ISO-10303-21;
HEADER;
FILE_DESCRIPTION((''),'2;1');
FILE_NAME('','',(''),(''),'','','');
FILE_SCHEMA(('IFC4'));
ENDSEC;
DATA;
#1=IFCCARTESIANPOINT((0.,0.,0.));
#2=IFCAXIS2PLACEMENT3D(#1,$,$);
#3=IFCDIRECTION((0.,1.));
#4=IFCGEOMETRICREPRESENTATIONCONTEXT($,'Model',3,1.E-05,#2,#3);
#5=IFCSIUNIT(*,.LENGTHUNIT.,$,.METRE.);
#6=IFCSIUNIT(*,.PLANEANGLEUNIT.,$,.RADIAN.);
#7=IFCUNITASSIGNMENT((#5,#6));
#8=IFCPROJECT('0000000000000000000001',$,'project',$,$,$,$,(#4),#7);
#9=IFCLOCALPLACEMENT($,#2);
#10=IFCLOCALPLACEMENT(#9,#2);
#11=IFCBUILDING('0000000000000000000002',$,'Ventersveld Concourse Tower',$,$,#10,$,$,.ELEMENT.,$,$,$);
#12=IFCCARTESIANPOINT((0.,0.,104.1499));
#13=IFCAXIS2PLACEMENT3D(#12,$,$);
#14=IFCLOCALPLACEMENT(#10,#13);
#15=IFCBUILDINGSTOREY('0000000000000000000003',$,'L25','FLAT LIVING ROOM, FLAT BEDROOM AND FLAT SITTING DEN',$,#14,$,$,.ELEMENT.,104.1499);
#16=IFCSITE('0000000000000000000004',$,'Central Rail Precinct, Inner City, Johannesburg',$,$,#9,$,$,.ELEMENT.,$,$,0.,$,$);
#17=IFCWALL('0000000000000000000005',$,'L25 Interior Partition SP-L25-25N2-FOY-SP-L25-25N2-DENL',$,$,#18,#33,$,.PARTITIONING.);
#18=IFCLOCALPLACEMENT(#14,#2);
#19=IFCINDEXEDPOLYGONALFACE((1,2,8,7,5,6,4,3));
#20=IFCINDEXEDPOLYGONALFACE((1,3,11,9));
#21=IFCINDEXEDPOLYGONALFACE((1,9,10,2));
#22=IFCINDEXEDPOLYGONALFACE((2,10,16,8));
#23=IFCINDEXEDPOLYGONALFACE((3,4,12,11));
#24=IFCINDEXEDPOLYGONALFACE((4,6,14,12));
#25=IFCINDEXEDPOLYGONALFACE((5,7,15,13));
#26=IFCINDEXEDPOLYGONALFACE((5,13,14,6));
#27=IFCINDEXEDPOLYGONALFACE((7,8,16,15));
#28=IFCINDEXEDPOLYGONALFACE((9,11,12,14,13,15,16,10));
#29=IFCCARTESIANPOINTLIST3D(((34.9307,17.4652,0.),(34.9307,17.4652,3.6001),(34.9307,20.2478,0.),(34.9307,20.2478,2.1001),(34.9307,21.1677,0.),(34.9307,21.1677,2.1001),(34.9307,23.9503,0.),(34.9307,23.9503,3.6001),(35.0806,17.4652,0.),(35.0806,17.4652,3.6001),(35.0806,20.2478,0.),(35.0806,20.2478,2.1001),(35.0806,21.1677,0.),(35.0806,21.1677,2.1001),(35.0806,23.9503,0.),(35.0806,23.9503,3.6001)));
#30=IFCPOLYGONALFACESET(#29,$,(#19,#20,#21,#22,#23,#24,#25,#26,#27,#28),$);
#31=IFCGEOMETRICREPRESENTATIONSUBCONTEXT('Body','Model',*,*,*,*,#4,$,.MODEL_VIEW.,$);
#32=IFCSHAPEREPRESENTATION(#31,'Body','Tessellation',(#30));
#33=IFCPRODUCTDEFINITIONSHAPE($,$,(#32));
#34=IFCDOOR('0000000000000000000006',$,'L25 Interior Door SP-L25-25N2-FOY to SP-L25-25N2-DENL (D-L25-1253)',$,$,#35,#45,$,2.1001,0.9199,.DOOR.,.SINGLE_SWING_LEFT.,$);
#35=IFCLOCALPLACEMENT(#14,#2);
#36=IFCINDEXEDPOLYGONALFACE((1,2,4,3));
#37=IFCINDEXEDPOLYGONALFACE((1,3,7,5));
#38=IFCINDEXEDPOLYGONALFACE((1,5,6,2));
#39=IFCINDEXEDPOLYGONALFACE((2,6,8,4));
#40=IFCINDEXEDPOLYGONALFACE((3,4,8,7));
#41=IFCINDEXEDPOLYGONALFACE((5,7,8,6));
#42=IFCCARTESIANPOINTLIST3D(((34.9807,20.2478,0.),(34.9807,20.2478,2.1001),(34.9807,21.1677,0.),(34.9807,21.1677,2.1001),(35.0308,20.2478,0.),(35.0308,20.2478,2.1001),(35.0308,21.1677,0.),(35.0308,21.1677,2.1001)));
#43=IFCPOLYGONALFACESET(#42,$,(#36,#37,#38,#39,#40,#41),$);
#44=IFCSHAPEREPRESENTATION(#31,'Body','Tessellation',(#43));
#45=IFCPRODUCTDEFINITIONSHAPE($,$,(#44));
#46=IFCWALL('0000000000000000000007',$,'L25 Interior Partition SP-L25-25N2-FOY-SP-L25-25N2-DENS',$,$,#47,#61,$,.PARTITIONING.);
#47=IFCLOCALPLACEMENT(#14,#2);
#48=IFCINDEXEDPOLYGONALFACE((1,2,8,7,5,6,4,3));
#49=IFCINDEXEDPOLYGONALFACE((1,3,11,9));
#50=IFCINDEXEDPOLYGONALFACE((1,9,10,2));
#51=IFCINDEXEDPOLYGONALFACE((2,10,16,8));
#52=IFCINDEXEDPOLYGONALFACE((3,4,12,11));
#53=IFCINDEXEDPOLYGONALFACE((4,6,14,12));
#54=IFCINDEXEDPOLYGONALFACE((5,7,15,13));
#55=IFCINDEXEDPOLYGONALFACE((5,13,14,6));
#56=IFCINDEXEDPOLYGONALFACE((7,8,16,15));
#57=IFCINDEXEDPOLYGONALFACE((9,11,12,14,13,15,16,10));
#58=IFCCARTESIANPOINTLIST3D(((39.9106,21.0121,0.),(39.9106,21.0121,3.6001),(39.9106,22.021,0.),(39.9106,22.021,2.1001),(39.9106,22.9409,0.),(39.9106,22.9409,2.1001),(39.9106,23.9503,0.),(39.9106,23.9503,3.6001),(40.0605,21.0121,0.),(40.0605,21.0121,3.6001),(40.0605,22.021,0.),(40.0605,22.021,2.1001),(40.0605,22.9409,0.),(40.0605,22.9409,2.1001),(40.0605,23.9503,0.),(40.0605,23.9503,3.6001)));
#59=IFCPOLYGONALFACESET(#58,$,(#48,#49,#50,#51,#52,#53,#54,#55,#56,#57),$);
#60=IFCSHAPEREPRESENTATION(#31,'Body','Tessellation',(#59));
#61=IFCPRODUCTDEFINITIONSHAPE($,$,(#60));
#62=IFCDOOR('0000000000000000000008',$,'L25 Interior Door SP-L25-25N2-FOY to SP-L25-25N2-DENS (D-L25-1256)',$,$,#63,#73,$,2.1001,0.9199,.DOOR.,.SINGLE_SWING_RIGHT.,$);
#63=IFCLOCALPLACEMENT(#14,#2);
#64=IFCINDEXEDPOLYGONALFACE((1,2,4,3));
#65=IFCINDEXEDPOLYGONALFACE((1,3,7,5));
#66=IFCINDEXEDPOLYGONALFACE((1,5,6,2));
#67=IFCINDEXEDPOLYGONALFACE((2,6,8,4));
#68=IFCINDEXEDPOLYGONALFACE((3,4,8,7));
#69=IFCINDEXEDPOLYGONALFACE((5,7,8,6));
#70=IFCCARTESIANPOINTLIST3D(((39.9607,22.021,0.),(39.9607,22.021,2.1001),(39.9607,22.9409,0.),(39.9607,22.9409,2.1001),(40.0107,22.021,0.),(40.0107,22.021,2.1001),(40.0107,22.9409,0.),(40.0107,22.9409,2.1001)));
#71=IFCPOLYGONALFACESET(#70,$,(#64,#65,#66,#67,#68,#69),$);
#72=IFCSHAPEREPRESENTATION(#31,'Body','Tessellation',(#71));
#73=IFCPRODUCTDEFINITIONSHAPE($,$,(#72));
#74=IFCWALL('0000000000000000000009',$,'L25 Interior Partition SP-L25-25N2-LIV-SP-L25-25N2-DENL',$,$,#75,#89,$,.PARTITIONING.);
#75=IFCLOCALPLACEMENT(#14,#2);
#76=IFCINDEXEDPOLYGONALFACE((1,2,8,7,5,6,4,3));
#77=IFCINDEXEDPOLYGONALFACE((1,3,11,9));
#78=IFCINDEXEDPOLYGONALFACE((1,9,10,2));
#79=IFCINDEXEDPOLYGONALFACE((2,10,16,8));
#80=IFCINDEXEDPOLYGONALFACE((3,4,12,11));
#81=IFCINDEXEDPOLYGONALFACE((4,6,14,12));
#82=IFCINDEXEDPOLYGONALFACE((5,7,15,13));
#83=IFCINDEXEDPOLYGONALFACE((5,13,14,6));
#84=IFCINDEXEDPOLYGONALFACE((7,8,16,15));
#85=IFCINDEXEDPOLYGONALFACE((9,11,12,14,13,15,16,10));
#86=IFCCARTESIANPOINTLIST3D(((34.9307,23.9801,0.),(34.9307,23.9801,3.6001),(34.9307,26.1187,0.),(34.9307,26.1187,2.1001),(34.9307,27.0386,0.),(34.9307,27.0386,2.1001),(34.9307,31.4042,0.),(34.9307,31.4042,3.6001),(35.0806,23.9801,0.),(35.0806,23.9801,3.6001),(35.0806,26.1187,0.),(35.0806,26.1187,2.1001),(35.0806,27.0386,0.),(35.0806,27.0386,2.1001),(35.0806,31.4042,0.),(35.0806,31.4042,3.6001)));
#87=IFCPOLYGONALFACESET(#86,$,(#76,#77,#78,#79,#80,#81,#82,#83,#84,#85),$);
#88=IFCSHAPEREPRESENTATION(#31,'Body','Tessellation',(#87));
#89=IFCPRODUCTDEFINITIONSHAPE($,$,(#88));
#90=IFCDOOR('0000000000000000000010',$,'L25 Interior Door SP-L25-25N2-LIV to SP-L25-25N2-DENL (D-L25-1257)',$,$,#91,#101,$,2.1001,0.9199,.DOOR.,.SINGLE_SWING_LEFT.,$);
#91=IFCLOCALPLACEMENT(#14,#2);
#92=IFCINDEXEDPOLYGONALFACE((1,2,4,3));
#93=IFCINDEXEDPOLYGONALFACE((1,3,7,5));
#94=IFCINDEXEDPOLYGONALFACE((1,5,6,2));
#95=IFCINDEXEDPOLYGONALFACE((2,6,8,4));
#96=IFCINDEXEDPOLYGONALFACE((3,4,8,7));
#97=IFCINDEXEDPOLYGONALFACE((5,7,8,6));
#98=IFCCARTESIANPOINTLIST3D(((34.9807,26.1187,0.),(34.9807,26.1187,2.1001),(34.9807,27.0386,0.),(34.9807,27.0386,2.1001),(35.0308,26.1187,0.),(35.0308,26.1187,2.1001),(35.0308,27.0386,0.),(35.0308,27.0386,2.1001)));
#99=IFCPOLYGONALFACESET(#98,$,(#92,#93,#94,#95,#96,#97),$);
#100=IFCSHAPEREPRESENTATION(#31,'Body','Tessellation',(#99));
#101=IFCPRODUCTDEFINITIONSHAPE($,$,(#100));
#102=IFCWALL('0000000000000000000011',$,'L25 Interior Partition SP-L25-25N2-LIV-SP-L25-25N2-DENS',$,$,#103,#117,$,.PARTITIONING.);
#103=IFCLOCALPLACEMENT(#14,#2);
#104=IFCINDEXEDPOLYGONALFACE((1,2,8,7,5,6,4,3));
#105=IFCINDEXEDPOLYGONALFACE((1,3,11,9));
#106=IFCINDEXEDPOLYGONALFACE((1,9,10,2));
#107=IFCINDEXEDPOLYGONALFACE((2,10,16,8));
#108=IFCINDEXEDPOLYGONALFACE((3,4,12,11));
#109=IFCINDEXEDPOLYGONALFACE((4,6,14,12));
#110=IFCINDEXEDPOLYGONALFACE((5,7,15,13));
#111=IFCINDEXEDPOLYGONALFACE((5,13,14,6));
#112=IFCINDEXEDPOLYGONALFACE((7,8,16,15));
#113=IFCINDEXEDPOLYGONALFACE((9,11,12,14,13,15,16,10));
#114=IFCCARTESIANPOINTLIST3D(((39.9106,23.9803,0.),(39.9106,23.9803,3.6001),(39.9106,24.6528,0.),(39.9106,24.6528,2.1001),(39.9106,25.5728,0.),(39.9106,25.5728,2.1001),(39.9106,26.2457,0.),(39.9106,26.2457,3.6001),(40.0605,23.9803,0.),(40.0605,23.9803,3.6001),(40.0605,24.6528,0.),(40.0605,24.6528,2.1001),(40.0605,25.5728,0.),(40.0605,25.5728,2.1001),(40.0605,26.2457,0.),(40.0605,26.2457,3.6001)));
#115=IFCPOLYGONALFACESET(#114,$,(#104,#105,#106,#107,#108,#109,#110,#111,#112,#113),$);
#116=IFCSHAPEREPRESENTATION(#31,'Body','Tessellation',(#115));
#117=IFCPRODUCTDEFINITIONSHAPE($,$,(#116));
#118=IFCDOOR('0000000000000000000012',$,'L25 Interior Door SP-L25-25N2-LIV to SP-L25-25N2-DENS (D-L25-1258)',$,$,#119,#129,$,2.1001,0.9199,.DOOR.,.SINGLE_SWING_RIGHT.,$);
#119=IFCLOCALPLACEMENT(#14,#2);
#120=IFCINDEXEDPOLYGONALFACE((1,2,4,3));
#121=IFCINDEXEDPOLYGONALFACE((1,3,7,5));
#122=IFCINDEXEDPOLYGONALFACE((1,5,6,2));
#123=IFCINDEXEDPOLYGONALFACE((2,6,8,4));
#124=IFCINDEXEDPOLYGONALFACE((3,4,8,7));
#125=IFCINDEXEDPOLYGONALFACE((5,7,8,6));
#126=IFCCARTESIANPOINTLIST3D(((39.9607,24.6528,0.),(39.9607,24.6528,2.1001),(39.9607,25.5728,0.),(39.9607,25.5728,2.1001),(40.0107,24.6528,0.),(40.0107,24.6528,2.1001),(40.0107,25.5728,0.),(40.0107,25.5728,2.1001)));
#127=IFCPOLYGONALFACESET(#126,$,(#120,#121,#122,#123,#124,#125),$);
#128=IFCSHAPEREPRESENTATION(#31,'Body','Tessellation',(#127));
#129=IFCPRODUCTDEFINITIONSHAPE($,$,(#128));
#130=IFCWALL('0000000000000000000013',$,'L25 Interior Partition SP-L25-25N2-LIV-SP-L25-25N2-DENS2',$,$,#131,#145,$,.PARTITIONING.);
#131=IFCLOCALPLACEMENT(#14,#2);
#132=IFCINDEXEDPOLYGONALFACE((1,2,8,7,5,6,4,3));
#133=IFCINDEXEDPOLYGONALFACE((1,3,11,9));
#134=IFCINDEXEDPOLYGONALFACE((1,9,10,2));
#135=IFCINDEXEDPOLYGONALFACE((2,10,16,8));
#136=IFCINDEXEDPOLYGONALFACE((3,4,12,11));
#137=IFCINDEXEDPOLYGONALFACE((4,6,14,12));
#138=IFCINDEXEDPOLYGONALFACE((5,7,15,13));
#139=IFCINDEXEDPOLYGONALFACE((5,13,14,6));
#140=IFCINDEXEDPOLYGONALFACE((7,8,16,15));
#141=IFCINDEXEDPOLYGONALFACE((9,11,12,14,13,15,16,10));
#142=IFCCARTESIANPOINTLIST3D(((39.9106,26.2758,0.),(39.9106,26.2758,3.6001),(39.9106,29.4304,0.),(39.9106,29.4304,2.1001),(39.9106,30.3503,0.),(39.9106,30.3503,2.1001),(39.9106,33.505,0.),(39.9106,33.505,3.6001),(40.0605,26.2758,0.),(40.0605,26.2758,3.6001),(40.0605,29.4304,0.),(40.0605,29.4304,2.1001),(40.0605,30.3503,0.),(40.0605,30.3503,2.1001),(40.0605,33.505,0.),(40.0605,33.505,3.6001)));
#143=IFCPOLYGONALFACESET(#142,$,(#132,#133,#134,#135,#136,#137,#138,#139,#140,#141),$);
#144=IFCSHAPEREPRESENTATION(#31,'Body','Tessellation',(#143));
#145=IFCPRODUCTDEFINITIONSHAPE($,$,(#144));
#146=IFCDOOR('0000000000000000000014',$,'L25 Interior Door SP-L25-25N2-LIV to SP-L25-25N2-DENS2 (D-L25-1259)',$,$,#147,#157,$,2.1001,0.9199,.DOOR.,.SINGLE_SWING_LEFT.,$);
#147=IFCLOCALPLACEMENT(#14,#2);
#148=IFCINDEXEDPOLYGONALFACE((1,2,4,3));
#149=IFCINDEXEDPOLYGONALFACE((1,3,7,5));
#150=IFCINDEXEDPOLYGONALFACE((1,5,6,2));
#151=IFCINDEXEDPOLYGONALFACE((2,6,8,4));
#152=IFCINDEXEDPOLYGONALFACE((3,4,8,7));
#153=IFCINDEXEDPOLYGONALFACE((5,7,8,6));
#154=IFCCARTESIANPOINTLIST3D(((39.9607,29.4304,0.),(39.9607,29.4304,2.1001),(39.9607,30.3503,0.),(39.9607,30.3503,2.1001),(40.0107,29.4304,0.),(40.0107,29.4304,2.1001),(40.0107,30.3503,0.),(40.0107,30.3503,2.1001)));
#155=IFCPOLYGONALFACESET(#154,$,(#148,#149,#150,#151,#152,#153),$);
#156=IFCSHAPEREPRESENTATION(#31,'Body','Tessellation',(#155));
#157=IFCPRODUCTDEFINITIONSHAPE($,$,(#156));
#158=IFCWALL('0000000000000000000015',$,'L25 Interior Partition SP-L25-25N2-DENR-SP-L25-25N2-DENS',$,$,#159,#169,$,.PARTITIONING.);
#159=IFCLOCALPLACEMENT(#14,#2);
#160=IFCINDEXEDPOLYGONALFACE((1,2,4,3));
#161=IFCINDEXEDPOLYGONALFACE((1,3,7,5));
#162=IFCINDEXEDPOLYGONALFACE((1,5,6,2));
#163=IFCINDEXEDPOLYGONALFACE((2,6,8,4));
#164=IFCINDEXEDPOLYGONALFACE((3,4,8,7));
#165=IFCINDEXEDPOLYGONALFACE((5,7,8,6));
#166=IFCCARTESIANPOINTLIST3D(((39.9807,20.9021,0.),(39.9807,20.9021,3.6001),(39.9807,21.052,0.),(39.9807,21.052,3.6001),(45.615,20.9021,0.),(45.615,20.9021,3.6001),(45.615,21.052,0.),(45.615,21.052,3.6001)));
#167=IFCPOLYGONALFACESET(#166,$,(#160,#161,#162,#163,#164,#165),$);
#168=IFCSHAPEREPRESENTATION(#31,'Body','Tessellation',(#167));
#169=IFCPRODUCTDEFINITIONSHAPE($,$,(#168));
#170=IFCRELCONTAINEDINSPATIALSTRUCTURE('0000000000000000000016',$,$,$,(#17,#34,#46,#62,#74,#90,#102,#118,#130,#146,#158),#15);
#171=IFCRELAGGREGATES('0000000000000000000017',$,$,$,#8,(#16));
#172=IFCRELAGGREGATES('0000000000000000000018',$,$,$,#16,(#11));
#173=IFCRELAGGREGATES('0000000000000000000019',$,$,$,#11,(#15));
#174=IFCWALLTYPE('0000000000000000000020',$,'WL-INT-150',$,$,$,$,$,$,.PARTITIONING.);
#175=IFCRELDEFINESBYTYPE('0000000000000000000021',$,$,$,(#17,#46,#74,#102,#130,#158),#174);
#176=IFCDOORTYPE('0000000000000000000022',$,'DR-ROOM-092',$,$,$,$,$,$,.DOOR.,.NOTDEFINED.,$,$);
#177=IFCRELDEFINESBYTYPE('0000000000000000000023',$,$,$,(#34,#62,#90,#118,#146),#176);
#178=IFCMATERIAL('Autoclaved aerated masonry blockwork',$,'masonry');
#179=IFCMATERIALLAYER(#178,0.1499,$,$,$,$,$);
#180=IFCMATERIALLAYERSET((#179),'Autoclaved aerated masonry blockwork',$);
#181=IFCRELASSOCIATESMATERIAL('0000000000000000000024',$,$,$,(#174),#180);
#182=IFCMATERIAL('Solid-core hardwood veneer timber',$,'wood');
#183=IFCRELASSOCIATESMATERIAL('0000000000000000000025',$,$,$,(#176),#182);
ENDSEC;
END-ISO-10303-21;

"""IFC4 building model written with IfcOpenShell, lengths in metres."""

from ifc_helpers import new_model, si_unit, direction, frame, frame_2d, origin, place, context, subcontext, project, spatial, rectangle, extrude, material, layer, layer_set, type_object, element, fill, save


model = new_model("IFC4")

# Units and contexts
model_context = context("Model", 3, precision=1e-05, world=origin(), true_north=direction((0.0, 1.0)))
body_context = subcontext(model_context, "Body", "Model", "MODEL_VIEW")
ifc_project = project(units=[si_unit("LENGTHUNIT", "METRE"), si_unit("PLANEANGLEUNIT", "RADIAN")], contexts=[model_context])

# Site, building, storey
site_placement = place(None, origin())
site = spatial("IfcSite", under=ifc_project, at=site_placement, Name="Central Rail Precinct, Inner City, Johannesburg", CompositionType="ELEMENT", RefElevation=0.0)
building_placement = place(site_placement, origin())
building = spatial("IfcBuilding", under=site, at=building_placement, Name="Ventersveld Concourse Tower", CompositionType="ELEMENT")
storey_placement = place(building_placement, frame((0.0, 0.0, 104.1499)))
storey = spatial("IfcBuildingStorey", under=building, at=storey_placement, Name="L25", Description="FLAT LIVING ROOM, FLAT BEDROOM AND FLAT SITTING DEN", CompositionType="ELEMENT", Elevation=104.1499)

# Walls, openings, doors
ifc_material_1 = material(Name="Autoclaved aerated masonry blockwork", Category="masonry")
ifc_layer_1 = layer(ifc_material_1, 0.1499)
ifc_layer_set_1 = layer_set([ifc_layer_1], Name="Autoclaved aerated masonry blockwork")
wall_type_1 = type_object("IfcWallType", Name="WL-INT-150", PredefinedType="PARTITIONING", material=ifc_layer_set_1)
ifc_material_2 = material(Name="Solid-core hardwood veneer timber", Category="wood")
door_type = type_object("IfcDoorType", Name="DR-ROOM-092", OperationType="NOTDEFINED", PredefinedType="DOOR", material=ifc_material_2)
wall_1_placement = place(storey_placement, frame((35.0056, 17.4651, 0.0), z_axis=(0.0, 0.0, 1.0), x_axis=(0.0, 1.0, 0.0)))
wall_1 = element("IfcWall", 1, at=wall_1_placement, inside=storey, type_object=wall_type_1, Name="L25 Interior Partition SP-L25-25N2-FOY-SP-L25-25N2-DENL", PredefinedType="PARTITIONING", context=body_context, shape_type="SweptSolid", body=[
    extrude(rectangle(XDim=6.4851, YDim=0.1499, at=frame_2d((3.2427, 0.0))), origin(), (0.0, 0.0, 1.0), 3.6001),
])
opening_1_placement = place(wall_1_placement, frame((2.7827, 0.0, 0.0)))
opening_1 = element("IfcOpeningElement", 2, at=opening_1_placement, cuts=wall_1, PredefinedType="OPENING", context=body_context, shape_type="SweptSolid", body=[
    extrude(rectangle(XDim=0.9199, YDim=2.1001, at=frame_2d((0.46, 1.05))), frame((0.0, 0.085, 0.0), z_axis=(0.0, -1.0, 0.0), x_axis=(1.0, 0.0, 0.0)), (0.0, 0.0, 1.0), 0.1699),
])
door_1_placement = place(opening_1_placement, origin())
door_1 = element("IfcDoor", 3, at=door_1_placement, inside=storey, type_object=door_type, Name="L25 Interior Door SP-L25-25N2-FOY to SP-L25-25N2-DENL (D-L25-1253)", OperationType="SINGLE_SWING_LEFT", OverallHeight=2.1001, OverallWidth=0.9199, PredefinedType="DOOR", context=body_context, shape_type="SweptSolid", body=[
    extrude(rectangle(XDim=0.9199, YDim=2.1001, at=frame_2d((0.46, 1.05))), frame((0.0, 0.0249, 0.0), z_axis=(0.0, -1.0, 0.0), x_axis=(1.0, 0.0, 0.0)), (0.0, 0.0, 1.0), 0.05),
])
fill(opening_1, door_1)
wall_2_placement = place(storey_placement, frame((39.9856, 21.012, 0.0), z_axis=(0.0, 0.0, 1.0), x_axis=(0.0, 1.0, 0.0)))
wall_2 = element("IfcWall", 4, at=wall_2_placement, inside=storey, type_object=wall_type_1, Name="L25 Interior Partition SP-L25-25N2-FOY-SP-L25-25N2-DENS", PredefinedType="PARTITIONING", context=body_context, shape_type="SweptSolid", body=[
    extrude(rectangle(XDim=2.9382, YDim=0.1499, at=frame_2d((1.4692, 0.0))), origin(), (0.0, 0.0, 1.0), 3.6001),
])
opening_2_placement = place(wall_2_placement, frame((1.009, 0.0, 0.0)))
opening_2 = element("IfcOpeningElement", 5, at=opening_2_placement, cuts=wall_2, PredefinedType="OPENING", context=body_context, shape_type="SweptSolid", body=[
    extrude(rectangle(XDim=0.9199, YDim=2.1001, at=frame_2d((0.46, 1.05))), frame((0.0, 0.085, 0.0), z_axis=(0.0, -1.0, 0.0), x_axis=(1.0, 0.0, 0.0)), (0.0, 0.0, 1.0), 0.1699),
])
door_2_placement = place(opening_2_placement, origin())
door_2 = element("IfcDoor", 6, at=door_2_placement, inside=storey, type_object=door_type, Name="L25 Interior Door SP-L25-25N2-FOY to SP-L25-25N2-DENS (D-L25-1256)", OperationType="SINGLE_SWING_RIGHT", OverallHeight=2.1001, OverallWidth=0.9199, PredefinedType="DOOR", context=body_context, shape_type="SweptSolid", body=[
    extrude(rectangle(XDim=0.9199, YDim=2.1001, at=frame_2d((0.46, 1.05))), frame((0.0, 0.0249, 0.0), z_axis=(0.0, -1.0, 0.0), x_axis=(1.0, 0.0, 0.0)), (0.0, 0.0, 1.0), 0.05),
])
fill(opening_2, door_2)
wall_3_placement = place(storey_placement, frame((35.0056, 23.9802, 0.0), z_axis=(0.0, 0.0, 1.0), x_axis=(0.0, 1.0, 0.0)))
wall_3 = element("IfcWall", 7, at=wall_3_placement, inside=storey, type_object=wall_type_1, Name="L25 Interior Partition SP-L25-25N2-LIV-SP-L25-25N2-DENL", PredefinedType="PARTITIONING", context=body_context, shape_type="SweptSolid", body=[
    extrude(rectangle(XDim=7.4241, YDim=0.1499, at=frame_2d((3.7119, 0.0))), origin(), (0.0, 0.0, 1.0), 3.6001),
])
opening_3_placement = place(wall_3_placement, frame((2.1384, 0.0, 0.0)))
opening_3 = element("IfcOpeningElement", 8, at=opening_3_placement, cuts=wall_3, PredefinedType="OPENING", context=body_context, shape_type="SweptSolid", body=[
    extrude(rectangle(XDim=0.9199, YDim=2.1001, at=frame_2d((0.46, 1.05))), frame((0.0, 0.085, 0.0), z_axis=(0.0, -1.0, 0.0), x_axis=(1.0, 0.0, 0.0)), (0.0, 0.0, 1.0), 0.1699),
])
door_3_placement = place(opening_3_placement, origin())
door_3 = element("IfcDoor", 9, at=door_3_placement, inside=storey, type_object=door_type, Name="L25 Interior Door SP-L25-25N2-LIV to SP-L25-25N2-DENL (D-L25-1257)", OperationType="SINGLE_SWING_LEFT", OverallHeight=2.1001, OverallWidth=0.9199, PredefinedType="DOOR", context=body_context, shape_type="SweptSolid", body=[
    extrude(rectangle(XDim=0.9199, YDim=2.1001, at=frame_2d((0.46, 1.05))), frame((0.0, 0.0249, 0.0), z_axis=(0.0, -1.0, 0.0), x_axis=(1.0, 0.0, 0.0)), (0.0, 0.0, 1.0), 0.05),
])
fill(opening_3, door_3)
wall_4_placement = place(storey_placement, frame((39.9856, 23.9802, 0.0), z_axis=(0.0, 0.0, 1.0), x_axis=(0.0, 1.0, 0.0)))
wall_4 = element("IfcWall", 10, at=wall_4_placement, inside=storey, type_object=wall_type_1, Name="L25 Interior Partition SP-L25-25N2-LIV-SP-L25-25N2-DENS", PredefinedType="PARTITIONING", context=body_context, shape_type="SweptSolid", body=[
    extrude(rectangle(XDim=2.2654, YDim=0.1499, at=frame_2d((1.1328, 0.0))), origin(), (0.0, 0.0, 1.0), 3.6001),
])
opening_4_placement = place(wall_4_placement, frame((0.6726, 0.0, 0.0)))
opening_4 = element("IfcOpeningElement", 11, at=opening_4_placement, cuts=wall_4, PredefinedType="OPENING", context=body_context, shape_type="SweptSolid", body=[
    extrude(rectangle(XDim=0.9199, YDim=2.1001, at=frame_2d((0.46, 1.05))), frame((0.0, 0.085, 0.0), z_axis=(0.0, -1.0, 0.0), x_axis=(1.0, 0.0, 0.0)), (0.0, 0.0, 1.0), 0.1699),
])
door_4_placement = place(opening_4_placement, origin())
door_4 = element("IfcDoor", 12, at=door_4_placement, inside=storey, type_object=door_type, Name="L25 Interior Door SP-L25-25N2-LIV to SP-L25-25N2-DENS (D-L25-1258)", OperationType="SINGLE_SWING_RIGHT", OverallHeight=2.1001, OverallWidth=0.9199, PredefinedType="DOOR", context=body_context, shape_type="SweptSolid", body=[
    extrude(rectangle(XDim=0.9199, YDim=2.1001, at=frame_2d((0.46, 1.05))), frame((0.0, 0.0249, 0.0), z_axis=(0.0, -1.0, 0.0), x_axis=(1.0, 0.0, 0.0)), (0.0, 0.0, 1.0), 0.05),
])
fill(opening_4, door_4)
wall_5_placement = place(storey_placement, frame((39.9856, 26.2756, 0.0), z_axis=(0.0, 0.0, 1.0), x_axis=(0.0, 1.0, 0.0)))
wall_5 = element("IfcWall", 13, at=wall_5_placement, inside=storey, type_object=wall_type_1, Name="L25 Interior Partition SP-L25-25N2-LIV-SP-L25-25N2-DENS2", PredefinedType="PARTITIONING", context=body_context, shape_type="SweptSolid", body=[
    extrude(rectangle(XDim=7.2292, YDim=0.1499, at=frame_2d((3.6147, 0.0))), origin(), (0.0, 0.0, 1.0), 3.6001),
])
opening_5_placement = place(wall_5_placement, frame((3.1548, 0.0, 0.0)))
opening_5 = element("IfcOpeningElement", 14, at=opening_5_placement, cuts=wall_5, PredefinedType="OPENING", context=body_context, shape_type="SweptSolid", body=[
    extrude(rectangle(XDim=0.9199, YDim=2.1001, at=frame_2d((0.46, 1.05))), frame((0.0, 0.085, 0.0), z_axis=(0.0, -1.0, 0.0), x_axis=(1.0, 0.0, 0.0)), (0.0, 0.0, 1.0), 0.1699),
])
door_5_placement = place(opening_5_placement, origin())
door_5 = element("IfcDoor", 15, at=door_5_placement, inside=storey, type_object=door_type, Name="L25 Interior Door SP-L25-25N2-LIV to SP-L25-25N2-DENS2 (D-L25-1259)", OperationType="SINGLE_SWING_LEFT", OverallHeight=2.1001, OverallWidth=0.9199, PredefinedType="DOOR", context=body_context, shape_type="SweptSolid", body=[
    extrude(rectangle(XDim=0.9199, YDim=2.1001, at=frame_2d((0.46, 1.05))), frame((0.0, 0.0249, 0.0), z_axis=(0.0, -1.0, 0.0), x_axis=(1.0, 0.0, 0.0)), (0.0, 0.0, 1.0), 0.05),
])
fill(opening_5, door_5)

# Wall
for number, where, z_axis, x_axis, name in (
    (16, (39.9807, 20.9771, 0.0), (0.0, 0.0, 1.0), (1.0, 0.0, 0.0), "L25 Interior Partition SP-L25-25N2-DENR-SP-L25-25N2-DENS"),
):
    element("IfcWall", number, at=place(storey_placement, frame(where, z_axis=z_axis, x_axis=x_axis)), inside=storey, type_object=wall_type_1, Name=name, PredefinedType="PARTITIONING", context=body_context, shape_type="SweptSolid", body=[
        extrude(rectangle(XDim=5.6343, YDim=0.1499, at=frame_2d((2.8171, 0.0))), origin(), (0.0, 0.0, 1.0), 3.6001),
    ])

save(model, "model.ifc")
